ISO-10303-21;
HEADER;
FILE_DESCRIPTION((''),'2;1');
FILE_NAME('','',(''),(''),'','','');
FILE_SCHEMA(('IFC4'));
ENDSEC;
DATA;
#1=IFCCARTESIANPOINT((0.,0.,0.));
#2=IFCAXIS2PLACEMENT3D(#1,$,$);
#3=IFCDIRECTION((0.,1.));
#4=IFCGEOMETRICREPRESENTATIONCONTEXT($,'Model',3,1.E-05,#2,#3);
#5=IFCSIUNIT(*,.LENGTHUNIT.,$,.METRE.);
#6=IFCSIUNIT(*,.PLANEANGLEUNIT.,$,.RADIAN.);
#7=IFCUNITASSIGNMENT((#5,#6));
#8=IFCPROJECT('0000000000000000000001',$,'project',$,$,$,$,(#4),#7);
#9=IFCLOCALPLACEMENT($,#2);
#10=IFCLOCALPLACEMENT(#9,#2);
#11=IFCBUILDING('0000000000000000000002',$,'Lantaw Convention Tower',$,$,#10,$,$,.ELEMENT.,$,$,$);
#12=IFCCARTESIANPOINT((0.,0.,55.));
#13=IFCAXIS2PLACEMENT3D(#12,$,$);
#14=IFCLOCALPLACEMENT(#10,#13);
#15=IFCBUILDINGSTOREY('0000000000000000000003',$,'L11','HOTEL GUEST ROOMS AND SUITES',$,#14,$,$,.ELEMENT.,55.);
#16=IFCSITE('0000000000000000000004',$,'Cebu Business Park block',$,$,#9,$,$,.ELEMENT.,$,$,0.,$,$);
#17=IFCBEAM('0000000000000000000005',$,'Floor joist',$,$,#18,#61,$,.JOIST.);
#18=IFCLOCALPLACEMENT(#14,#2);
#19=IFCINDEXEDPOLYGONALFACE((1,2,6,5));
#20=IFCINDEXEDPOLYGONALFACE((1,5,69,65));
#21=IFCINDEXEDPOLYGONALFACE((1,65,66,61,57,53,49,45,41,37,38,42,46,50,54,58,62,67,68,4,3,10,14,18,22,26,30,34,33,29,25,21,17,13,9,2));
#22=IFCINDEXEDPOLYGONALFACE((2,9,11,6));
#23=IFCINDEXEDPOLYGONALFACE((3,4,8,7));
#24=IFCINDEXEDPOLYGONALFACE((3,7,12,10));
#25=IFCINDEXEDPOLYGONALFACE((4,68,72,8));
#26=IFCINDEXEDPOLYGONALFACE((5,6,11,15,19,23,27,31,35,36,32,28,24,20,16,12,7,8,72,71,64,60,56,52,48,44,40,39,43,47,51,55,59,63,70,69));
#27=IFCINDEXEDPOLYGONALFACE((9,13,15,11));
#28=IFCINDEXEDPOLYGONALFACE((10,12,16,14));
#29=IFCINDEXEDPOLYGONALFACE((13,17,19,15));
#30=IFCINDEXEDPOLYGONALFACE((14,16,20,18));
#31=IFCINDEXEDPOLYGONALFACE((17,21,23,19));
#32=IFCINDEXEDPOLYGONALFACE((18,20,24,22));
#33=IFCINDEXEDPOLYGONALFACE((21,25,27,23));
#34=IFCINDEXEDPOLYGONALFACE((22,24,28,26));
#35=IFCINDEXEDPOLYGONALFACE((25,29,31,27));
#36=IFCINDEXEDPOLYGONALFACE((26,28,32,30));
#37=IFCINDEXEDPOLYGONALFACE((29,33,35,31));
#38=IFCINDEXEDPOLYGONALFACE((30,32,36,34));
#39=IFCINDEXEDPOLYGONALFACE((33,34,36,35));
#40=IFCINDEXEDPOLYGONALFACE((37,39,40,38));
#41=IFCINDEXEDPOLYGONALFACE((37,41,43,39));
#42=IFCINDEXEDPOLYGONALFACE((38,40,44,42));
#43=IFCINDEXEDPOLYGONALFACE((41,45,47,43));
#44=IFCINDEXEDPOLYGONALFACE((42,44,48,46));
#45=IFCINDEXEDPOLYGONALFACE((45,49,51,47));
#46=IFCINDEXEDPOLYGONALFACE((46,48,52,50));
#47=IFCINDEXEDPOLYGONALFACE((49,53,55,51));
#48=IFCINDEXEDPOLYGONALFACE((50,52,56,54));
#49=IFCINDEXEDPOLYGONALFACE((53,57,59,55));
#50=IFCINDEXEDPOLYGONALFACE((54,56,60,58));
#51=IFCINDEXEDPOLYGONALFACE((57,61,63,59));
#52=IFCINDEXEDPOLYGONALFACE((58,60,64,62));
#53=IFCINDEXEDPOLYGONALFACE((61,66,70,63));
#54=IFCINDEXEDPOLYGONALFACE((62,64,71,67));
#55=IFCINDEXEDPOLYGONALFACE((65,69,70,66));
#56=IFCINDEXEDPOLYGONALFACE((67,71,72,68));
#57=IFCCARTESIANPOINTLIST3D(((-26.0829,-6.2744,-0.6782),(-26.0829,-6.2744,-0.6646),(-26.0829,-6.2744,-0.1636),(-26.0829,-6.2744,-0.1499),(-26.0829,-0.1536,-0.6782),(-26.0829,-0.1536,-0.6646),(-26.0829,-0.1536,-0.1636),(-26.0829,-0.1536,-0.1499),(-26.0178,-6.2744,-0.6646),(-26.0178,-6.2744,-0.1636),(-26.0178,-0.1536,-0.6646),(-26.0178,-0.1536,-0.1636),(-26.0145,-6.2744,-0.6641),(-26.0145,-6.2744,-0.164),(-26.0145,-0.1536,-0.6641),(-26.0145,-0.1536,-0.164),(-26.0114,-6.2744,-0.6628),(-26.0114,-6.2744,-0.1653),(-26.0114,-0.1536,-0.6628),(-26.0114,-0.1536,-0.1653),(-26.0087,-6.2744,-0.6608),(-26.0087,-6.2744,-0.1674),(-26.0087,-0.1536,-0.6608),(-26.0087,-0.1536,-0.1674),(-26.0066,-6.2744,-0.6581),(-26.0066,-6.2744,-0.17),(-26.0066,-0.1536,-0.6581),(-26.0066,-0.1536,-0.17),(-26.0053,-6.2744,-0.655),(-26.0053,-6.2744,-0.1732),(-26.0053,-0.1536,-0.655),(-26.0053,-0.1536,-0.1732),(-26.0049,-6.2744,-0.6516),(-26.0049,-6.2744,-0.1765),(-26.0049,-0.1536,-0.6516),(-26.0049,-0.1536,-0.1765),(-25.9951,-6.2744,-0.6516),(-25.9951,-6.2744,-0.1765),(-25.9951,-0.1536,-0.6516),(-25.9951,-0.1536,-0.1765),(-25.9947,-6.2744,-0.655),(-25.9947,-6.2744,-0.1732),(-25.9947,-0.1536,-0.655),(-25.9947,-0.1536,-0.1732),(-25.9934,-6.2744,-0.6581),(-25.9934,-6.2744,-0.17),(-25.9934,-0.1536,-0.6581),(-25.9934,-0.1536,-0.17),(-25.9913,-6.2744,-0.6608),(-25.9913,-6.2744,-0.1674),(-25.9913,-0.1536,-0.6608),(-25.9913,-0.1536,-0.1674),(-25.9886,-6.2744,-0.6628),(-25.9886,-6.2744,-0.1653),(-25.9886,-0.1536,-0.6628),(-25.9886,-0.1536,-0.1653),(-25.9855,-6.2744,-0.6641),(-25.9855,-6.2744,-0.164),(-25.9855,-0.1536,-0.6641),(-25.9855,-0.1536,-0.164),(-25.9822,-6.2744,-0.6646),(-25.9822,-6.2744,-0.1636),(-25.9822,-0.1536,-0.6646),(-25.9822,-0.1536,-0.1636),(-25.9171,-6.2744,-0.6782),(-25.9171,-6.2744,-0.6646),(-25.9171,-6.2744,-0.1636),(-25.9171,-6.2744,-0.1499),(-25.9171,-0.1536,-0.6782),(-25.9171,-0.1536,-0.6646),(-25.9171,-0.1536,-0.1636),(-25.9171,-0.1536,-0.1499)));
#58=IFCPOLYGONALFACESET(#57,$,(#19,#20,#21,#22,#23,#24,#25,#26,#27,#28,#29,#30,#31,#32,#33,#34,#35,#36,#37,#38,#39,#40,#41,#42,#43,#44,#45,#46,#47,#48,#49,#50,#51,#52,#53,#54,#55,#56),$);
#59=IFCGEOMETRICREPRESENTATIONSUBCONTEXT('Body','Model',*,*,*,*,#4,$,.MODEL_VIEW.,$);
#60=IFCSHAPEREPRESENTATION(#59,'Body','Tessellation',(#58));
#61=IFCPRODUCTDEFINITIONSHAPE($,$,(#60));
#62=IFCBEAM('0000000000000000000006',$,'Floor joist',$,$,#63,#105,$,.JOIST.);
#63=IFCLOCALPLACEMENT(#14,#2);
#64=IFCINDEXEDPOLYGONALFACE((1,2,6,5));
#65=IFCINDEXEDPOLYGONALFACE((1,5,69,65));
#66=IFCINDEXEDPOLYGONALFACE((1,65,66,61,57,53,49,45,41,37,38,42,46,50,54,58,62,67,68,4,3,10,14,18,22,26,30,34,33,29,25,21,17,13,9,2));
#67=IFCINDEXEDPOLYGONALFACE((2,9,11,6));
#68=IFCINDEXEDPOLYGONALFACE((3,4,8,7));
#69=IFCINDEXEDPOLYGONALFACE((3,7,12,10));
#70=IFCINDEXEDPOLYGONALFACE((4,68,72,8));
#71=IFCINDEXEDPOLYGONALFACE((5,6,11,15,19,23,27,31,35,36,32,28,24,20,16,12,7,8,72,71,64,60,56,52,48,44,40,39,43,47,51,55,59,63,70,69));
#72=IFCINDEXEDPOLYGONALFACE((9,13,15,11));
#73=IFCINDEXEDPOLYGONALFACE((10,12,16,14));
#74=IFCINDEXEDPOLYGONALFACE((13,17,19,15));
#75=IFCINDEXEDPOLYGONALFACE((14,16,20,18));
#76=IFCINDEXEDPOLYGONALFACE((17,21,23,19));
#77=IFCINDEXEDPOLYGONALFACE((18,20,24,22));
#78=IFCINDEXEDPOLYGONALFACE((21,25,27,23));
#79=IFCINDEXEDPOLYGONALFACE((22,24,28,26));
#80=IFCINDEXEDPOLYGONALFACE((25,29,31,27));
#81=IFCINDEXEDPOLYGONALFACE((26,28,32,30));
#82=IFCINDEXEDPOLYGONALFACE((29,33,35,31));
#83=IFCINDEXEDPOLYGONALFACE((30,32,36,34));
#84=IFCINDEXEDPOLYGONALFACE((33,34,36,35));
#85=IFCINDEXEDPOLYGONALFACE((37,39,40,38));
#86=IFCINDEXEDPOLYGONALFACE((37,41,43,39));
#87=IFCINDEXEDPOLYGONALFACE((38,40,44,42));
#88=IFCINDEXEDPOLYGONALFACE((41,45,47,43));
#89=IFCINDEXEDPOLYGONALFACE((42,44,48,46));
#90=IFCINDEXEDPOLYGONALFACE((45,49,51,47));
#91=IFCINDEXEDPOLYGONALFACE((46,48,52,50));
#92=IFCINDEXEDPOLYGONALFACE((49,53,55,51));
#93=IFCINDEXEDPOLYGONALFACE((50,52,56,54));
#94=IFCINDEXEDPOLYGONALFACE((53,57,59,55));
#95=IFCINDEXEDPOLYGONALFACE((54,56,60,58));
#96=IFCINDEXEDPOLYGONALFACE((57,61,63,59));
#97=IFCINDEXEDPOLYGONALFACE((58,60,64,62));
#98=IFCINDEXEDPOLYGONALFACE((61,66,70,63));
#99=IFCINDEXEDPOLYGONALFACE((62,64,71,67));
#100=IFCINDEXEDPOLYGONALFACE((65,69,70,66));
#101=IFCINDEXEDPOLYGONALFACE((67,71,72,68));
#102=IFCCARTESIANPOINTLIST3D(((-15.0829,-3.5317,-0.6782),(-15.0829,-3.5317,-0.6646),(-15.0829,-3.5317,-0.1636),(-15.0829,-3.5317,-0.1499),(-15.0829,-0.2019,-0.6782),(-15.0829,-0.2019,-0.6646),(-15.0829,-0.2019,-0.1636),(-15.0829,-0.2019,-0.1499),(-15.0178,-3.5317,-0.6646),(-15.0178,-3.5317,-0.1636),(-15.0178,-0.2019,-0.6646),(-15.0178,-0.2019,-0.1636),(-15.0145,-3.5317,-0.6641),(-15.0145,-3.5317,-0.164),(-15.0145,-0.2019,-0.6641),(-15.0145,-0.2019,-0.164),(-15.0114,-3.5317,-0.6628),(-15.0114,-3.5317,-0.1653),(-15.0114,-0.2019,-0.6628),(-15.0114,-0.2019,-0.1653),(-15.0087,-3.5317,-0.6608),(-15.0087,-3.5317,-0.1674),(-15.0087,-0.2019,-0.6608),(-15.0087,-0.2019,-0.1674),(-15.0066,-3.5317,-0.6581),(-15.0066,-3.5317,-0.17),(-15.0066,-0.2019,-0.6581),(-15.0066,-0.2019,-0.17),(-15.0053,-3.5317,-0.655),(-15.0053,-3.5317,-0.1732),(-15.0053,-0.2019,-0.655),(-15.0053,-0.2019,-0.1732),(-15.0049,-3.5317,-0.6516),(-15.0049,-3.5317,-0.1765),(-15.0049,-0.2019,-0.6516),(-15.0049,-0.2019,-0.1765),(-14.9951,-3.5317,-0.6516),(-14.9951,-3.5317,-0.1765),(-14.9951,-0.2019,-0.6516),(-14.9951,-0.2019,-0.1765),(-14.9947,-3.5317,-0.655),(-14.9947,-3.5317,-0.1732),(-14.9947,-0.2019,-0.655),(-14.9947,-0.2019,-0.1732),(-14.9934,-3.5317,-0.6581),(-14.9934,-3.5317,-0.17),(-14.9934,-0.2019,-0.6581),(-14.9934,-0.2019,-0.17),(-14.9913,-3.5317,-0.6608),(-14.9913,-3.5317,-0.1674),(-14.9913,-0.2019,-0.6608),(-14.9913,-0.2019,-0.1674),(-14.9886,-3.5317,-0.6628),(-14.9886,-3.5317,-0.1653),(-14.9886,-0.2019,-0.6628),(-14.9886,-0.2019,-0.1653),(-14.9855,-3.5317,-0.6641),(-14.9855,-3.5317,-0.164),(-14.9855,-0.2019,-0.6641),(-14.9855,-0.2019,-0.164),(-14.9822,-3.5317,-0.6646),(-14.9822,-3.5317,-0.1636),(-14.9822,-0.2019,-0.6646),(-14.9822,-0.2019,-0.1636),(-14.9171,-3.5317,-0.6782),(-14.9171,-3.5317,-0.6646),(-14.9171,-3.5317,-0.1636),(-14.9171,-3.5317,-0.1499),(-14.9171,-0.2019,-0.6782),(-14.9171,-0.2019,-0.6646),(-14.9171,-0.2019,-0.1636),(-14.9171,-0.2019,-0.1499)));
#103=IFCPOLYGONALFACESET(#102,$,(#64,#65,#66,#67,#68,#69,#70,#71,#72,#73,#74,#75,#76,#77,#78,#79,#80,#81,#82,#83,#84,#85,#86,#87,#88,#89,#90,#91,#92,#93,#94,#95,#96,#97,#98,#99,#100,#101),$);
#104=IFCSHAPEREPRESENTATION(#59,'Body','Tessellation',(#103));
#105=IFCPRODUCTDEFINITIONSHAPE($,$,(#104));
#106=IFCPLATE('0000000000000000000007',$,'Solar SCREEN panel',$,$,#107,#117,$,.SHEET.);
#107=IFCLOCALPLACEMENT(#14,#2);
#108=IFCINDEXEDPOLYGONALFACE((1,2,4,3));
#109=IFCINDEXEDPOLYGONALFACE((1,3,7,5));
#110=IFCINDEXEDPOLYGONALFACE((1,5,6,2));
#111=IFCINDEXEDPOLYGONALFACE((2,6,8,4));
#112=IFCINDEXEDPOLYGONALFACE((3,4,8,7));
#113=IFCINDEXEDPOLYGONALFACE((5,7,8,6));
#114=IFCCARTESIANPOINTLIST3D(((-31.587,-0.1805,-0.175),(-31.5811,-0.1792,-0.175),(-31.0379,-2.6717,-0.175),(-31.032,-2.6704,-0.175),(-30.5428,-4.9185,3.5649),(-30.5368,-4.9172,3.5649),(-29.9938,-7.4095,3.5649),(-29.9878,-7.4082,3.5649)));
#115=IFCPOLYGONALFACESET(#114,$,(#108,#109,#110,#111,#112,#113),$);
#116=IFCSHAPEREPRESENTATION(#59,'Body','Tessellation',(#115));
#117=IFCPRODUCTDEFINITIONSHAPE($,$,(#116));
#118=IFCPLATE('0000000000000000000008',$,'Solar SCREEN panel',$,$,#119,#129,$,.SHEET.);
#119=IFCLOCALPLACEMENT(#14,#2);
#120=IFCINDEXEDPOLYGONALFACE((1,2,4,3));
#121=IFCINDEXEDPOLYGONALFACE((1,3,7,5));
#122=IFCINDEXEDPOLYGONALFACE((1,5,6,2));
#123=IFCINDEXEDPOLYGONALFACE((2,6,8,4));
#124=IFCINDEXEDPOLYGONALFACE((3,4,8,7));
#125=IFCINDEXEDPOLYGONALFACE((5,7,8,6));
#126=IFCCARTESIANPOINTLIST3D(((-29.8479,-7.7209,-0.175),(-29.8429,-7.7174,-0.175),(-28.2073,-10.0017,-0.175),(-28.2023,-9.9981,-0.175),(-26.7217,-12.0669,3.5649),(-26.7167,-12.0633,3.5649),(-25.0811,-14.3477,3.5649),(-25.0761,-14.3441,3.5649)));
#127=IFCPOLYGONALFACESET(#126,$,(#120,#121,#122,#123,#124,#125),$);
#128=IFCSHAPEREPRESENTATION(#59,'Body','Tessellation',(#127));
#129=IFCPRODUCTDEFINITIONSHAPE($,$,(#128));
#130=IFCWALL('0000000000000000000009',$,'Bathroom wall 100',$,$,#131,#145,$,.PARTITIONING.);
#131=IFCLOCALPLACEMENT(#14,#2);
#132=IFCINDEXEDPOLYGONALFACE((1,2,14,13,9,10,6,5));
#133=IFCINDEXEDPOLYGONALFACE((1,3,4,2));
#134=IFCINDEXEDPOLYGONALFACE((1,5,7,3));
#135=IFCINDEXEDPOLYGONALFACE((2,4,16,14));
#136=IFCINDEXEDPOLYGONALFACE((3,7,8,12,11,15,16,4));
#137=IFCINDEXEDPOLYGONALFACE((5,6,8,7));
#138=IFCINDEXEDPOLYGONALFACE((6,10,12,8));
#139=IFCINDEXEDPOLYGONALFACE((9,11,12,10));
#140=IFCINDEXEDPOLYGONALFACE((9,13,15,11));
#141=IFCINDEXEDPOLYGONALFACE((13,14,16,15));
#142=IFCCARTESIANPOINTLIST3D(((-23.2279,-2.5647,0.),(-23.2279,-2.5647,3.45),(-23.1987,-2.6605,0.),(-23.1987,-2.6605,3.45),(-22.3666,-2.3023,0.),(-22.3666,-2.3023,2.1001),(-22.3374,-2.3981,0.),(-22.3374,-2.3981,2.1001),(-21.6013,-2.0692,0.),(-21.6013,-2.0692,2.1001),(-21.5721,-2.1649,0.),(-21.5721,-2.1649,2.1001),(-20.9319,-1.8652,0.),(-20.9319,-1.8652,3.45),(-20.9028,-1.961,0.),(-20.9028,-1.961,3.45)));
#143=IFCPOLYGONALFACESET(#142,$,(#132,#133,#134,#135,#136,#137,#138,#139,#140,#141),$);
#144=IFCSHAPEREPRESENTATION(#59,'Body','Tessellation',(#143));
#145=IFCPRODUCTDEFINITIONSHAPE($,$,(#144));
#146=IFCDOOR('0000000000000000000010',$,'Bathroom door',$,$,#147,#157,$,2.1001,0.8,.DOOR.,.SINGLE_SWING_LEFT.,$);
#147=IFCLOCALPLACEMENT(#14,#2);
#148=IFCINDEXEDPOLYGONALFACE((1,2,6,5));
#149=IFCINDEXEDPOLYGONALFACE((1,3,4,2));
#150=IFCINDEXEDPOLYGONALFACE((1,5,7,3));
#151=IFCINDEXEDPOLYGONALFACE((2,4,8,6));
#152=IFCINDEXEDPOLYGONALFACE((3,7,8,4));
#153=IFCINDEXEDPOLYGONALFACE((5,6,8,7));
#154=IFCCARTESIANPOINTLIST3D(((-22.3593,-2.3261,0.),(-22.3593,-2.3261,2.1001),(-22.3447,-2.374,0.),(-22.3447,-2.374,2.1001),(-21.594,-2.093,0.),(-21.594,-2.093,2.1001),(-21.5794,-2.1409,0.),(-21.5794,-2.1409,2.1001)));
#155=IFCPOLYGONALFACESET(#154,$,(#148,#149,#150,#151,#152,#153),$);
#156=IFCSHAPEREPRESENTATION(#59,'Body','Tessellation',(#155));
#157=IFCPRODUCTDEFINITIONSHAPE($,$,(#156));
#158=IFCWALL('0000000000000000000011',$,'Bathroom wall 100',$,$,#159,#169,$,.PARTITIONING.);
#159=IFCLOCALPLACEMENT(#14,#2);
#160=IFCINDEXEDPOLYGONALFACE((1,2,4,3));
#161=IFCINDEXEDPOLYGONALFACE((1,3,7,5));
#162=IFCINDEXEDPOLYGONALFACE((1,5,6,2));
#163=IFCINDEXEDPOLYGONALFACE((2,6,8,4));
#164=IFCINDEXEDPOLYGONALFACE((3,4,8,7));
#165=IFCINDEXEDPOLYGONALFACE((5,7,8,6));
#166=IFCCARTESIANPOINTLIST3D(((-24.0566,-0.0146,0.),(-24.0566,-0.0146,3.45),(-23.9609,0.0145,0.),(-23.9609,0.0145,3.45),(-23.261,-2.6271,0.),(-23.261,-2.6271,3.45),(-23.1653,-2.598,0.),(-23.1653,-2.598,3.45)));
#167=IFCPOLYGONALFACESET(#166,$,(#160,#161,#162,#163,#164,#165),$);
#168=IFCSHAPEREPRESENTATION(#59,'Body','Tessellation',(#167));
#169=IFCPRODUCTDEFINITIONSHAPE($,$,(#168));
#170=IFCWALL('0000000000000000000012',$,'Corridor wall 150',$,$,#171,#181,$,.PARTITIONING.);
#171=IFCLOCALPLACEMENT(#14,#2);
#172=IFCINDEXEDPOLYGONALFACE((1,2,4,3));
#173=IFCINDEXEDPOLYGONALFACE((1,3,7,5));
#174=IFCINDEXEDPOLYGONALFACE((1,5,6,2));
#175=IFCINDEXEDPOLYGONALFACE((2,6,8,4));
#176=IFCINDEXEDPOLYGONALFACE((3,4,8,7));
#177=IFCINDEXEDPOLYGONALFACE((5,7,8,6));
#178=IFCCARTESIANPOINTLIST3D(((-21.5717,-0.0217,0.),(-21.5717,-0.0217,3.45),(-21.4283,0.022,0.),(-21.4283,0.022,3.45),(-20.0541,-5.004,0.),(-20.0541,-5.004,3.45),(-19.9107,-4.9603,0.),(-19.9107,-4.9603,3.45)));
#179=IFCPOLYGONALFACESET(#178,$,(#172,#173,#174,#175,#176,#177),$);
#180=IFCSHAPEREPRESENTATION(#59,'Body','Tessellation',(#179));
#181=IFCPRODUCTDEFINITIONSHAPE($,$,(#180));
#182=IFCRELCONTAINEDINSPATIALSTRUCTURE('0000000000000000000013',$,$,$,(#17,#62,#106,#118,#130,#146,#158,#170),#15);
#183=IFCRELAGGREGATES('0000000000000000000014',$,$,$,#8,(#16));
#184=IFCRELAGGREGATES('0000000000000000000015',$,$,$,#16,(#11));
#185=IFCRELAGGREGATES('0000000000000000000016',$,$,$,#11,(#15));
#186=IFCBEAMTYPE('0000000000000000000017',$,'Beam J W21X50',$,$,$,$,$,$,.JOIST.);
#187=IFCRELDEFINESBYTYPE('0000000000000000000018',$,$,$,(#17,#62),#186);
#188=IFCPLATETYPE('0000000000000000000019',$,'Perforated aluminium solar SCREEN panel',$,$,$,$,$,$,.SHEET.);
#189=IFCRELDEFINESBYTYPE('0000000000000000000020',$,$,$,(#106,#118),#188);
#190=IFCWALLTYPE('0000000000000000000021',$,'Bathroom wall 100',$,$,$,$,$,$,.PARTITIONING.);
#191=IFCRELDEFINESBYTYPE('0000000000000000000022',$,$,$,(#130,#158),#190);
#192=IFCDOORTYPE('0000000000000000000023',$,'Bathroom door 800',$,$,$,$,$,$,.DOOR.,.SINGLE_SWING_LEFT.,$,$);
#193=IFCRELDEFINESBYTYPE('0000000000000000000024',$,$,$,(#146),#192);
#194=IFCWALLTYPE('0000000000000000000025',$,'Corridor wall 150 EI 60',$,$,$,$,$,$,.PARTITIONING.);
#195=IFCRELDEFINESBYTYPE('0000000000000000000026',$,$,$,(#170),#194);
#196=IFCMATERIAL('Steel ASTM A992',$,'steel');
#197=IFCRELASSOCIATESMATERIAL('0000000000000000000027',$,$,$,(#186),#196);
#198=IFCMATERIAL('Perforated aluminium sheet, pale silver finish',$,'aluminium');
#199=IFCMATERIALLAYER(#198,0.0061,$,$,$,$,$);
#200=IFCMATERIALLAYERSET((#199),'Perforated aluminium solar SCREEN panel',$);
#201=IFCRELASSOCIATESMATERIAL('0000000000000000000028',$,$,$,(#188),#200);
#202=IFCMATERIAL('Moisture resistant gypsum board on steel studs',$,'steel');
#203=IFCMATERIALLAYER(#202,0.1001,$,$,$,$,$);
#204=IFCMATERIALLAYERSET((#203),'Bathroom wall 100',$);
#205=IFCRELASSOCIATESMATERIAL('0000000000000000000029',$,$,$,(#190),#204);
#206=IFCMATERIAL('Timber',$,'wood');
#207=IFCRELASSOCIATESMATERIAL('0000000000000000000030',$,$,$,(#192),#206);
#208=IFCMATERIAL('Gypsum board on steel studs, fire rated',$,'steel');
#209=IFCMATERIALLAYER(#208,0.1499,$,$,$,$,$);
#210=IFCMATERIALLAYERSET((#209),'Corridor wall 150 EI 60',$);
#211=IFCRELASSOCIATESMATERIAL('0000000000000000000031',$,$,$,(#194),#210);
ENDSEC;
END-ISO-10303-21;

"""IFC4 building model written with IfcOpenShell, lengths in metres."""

from ifc_helpers import new_model, si_unit, direction, frame, frame_2d, origin, origin_2d, place, context, subcontext, project, spatial, polyline, rectangle, i_section, outline, extrude, material, layer, layer_set, material_profile, profile_set, type_object, element, fill, save


model = new_model("IFC4")

# Units and contexts
model_context = context("Model", 3, precision=1e-05, world=origin(), true_north=direction((0.0, 1.0)))
body_context = subcontext(model_context, "Body", "Model", "MODEL_VIEW")
ifc_project = project(units=[si_unit("LENGTHUNIT", "METRE"), si_unit("PLANEANGLEUNIT", "RADIAN")], contexts=[model_context])

# Site, building, storey
site_placement = place(None, origin())
site = spatial("IfcSite", under=ifc_project, at=site_placement, Name="Cebu Business Park block", CompositionType="ELEMENT", RefElevation=0.0)
building_placement = place(site_placement, origin())
building = spatial("IfcBuilding", under=site, at=building_placement, Name="Lantaw Convention Tower", CompositionType="ELEMENT")
storey_placement = place(building_placement, frame((0.0, 0.0, 55.0)))
storey = spatial("IfcBuildingStorey", under=building, at=storey_placement, Name="L11", Description="HOTEL GUEST ROOMS AND SUITES", CompositionType="ELEMENT", Elevation=55.0)

# Beams
ifc_material_1 = material(Name="Steel ASTM A992", Category="steel")
ifc_material_profile_1 = material_profile(ifc_material_1, i_section(OverallWidth=0.1658, OverallDepth=0.5283, WebThickness=0.0098, FlangeThickness=0.0137, FilletRadius=0.0129, at=origin_2d()), Name="W21X50")
ifc_profile_set_1 = profile_set([ifc_material_profile_1], Name="Steel ASTM A992")
beam_type_1 = type_object("IfcBeamType", Name="Beam J W21X50", PredefinedType="JOIST", material=ifc_profile_set_1)
beam_1_placement = place(storey_placement, frame((-26.0, -6.2744, -0.4141), z_axis=(0.0, 1.0, 0.0), x_axis=(-1.0, 0.0, 0.0)))
element("IfcBeam", 1, at=beam_1_placement, inside=storey, type_object=beam_type_1, Name="Floor joist", PredefinedType="JOIST", context=body_context, shape_type="SweptSolid", body=[
    extrude(i_section(OverallWidth=0.1658, OverallDepth=0.5283, WebThickness=0.0098, FlangeThickness=0.0137, FilletRadius=0.0129, at=origin_2d()), origin(), (0.0, 0.0, 1.0), 6.1208),
])
beam_2_placement = place(storey_placement, frame((-15.0, -3.5317, -0.4141), z_axis=(0.0, 1.0, 0.0), x_axis=(-1.0, 0.0, 0.0)))
element("IfcBeam", 2, at=beam_2_placement, inside=storey, type_object=beam_type_1, Name="Floor joist", PredefinedType="JOIST", context=body_context, shape_type="SweptSolid", body=[
    extrude(i_section(OverallWidth=0.1658, OverallDepth=0.5283, WebThickness=0.0098, FlangeThickness=0.0137, FilletRadius=0.0129, at=origin_2d()), origin(), (0.0, 0.0, 1.0), 3.3298),
])

# Plates
ifc_material_2 = material(Name="Perforated aluminium sheet, pale silver finish", Category="aluminium")
ifc_layer_1 = layer(ifc_material_2, 0.0061)
ifc_layer_set_1 = layer_set([ifc_layer_1], Name="Perforated aluminium solar SCREEN panel")
plate_type = type_object("IfcPlateType", Name="Perforated aluminium solar SCREEN panel", PredefinedType="SHEET", material=ifc_layer_set_1)
plate_1_placement = place(storey_placement, frame((-31.5811, -0.1792, -0.175), z_axis=(0.976559, 0.215248, 0.00003), x_axis=(0.215248, -0.976559, 0.0)))
element("IfcPlate", 3, at=plate_1_placement, inside=storey, type_object=plate_type, Name="Solar SCREEN panel", PredefinedType="SHEET", context=body_context, shape_type="SweptSolid", body=[
    extrude(outline(polyline([(0.0, 0.0), (2.551, 0.0), (7.4025, -3.74), (4.8517, -3.74), (0.0, 0.0)])), origin(), (0.0, 0.0, -1.0), 0.0061),
])
plate_2_placement = place(storey_placement, frame((-29.8479, -7.7209, -0.175), z_axis=(-0.811791, -0.583948, 0.000009), x_axis=(0.583948, -0.811791, 0.0)))
element("IfcPlate", 4, at=plate_2_placement, inside=storey, type_object=plate_type, Name="Solar SCREEN panel", PredefinedType="SHEET", context=body_context, shape_type="SweptSolid", body=[
    extrude(outline(polyline([(0.0, 0.0), (2.8095, 0.0), (8.1631, 3.74), (5.3536, 3.74), (0.0, 0.0)])), origin(), (0.0, 0.0, -1.0), 0.0061),
])

# Wall, opening, door
ifc_material_3 = material(Name="Moisture resistant gypsum board on steel studs", Category="steel")
ifc_layer_2 = layer(ifc_material_3, 0.1001)
ifc_layer_set_2 = layer_set([ifc_layer_2], Name="Bathroom wall 100")
wall_type_1 = type_object("IfcWallType", Name="Bathroom wall 100", PredefinedType="PARTITIONING", material=ifc_layer_set_2)
wall_1_placement = place(storey_placement, frame((-20.9172, -1.9131, 0.0), z_axis=(0.0, 0.0, 1.0), x_axis=(-0.956591, -0.291433, 0.0)))
wall_1 = element("IfcWall", 5, at=wall_1_placement, inside=storey, type_object=wall_type_1, Name="Bathroom wall 100", PredefinedType="PARTITIONING", context=body_context, shape_type="SweptSolid", body=[
    extrude(rectangle(XDim=2.4001, YDim=0.1001, at=frame_2d((1.2002, 0.0))), origin(), (0.0, 0.0, 1.0), 3.45),
])
opening_1_placement = place(wall_1_placement, frame((0.7, 0.0, 0.0)))
opening_1 = element("IfcOpeningElement", 6, at=opening_1_placement, cuts=wall_1, PredefinedType="OPENING", context=body_context, shape_type="SweptSolid", body=[
    extrude(rectangle(XDim=0.8, YDim=2.1001, at=frame_2d((0.3999, 1.05))), frame((0.0, 0.0601, 0.0), z_axis=(0.0, -1.0, 0.0), x_axis=(1.0, 0.0, 0.0)), (0.0, 0.0, 1.0), 0.1201),
])
ifc_material_4 = material(Name="Timber", Category="wood")
door_type_1 = type_object("IfcDoorType", Name="Bathroom door 800", OperationType="SINGLE_SWING_LEFT", PredefinedType="DOOR", material=ifc_material_4)
door_1_placement = place(opening_1_placement, origin())
door_1 = element("IfcDoor", 7, at=door_1_placement, inside=storey, type_object=door_type_1, Name="Bathroom door", OperationType="SINGLE_SWING_LEFT", OverallHeight=2.1001, OverallWidth=0.8, PredefinedType="DOOR", context=body_context, shape_type="SweptSolid", body=[
    extrude(rectangle(XDim=0.8, YDim=2.1001, at=frame_2d((0.3999, 1.05))), frame((0.0, 0.0249, 0.0), z_axis=(0.0, -1.0, 0.0), x_axis=(1.0, 0.0, 0.0)), (0.0, 0.0, 1.0), 0.05),
])
fill(opening_1, door_1)

# Walls
wall_2_placement = place(storey_placement, frame((-23.2131, -2.6125, 0.0), z_axis=(0.0, 0.0, 1.0), x_axis=(-0.291339, 0.95662, 0.0)))
element("IfcWall", 8, at=wall_2_placement, inside=storey, type_object=wall_type_1, Name="Bathroom wall 100", PredefinedType="PARTITIONING", context=body_context, shape_type="SweptSolid", body=[
    extrude(rectangle(XDim=2.731, YDim=0.1001, at=frame_2d((1.3655, 0.0))), origin(), (0.0, 0.0, 1.0), 3.45),
])
ifc_material_5 = material(Name="Gypsum board on steel studs, fire rated", Category="steel")
ifc_layer_3 = layer(ifc_material_5, 0.1499)
ifc_layer_set_3 = layer_set([ifc_layer_3], Name="Corridor wall 150 EI 60")
wall_type_2 = type_object("IfcWallType", Name="Corridor wall 150 EI 60", PredefinedType="PARTITIONING", material=ifc_layer_set_3)
wall_3_placement = place(storey_placement, frame((-21.5, 0.0, 0.0), z_axis=(0.0, 0.0, 1.0), x_axis=(0.291384, -0.956606, 0.0)))
element("IfcWall", 9, at=wall_3_placement, inside=storey, type_object=wall_type_2, Name="Corridor wall 150", PredefinedType="PARTITIONING", context=body_context, shape_type="SweptSolid", body=[
    extrude(rectangle(XDim=5.2083, YDim=0.1499, at=frame_2d((2.604, 0.0))), origin(), (0.0, 0.0, 1.0), 3.45),
])

save(model, "model.ifc")
